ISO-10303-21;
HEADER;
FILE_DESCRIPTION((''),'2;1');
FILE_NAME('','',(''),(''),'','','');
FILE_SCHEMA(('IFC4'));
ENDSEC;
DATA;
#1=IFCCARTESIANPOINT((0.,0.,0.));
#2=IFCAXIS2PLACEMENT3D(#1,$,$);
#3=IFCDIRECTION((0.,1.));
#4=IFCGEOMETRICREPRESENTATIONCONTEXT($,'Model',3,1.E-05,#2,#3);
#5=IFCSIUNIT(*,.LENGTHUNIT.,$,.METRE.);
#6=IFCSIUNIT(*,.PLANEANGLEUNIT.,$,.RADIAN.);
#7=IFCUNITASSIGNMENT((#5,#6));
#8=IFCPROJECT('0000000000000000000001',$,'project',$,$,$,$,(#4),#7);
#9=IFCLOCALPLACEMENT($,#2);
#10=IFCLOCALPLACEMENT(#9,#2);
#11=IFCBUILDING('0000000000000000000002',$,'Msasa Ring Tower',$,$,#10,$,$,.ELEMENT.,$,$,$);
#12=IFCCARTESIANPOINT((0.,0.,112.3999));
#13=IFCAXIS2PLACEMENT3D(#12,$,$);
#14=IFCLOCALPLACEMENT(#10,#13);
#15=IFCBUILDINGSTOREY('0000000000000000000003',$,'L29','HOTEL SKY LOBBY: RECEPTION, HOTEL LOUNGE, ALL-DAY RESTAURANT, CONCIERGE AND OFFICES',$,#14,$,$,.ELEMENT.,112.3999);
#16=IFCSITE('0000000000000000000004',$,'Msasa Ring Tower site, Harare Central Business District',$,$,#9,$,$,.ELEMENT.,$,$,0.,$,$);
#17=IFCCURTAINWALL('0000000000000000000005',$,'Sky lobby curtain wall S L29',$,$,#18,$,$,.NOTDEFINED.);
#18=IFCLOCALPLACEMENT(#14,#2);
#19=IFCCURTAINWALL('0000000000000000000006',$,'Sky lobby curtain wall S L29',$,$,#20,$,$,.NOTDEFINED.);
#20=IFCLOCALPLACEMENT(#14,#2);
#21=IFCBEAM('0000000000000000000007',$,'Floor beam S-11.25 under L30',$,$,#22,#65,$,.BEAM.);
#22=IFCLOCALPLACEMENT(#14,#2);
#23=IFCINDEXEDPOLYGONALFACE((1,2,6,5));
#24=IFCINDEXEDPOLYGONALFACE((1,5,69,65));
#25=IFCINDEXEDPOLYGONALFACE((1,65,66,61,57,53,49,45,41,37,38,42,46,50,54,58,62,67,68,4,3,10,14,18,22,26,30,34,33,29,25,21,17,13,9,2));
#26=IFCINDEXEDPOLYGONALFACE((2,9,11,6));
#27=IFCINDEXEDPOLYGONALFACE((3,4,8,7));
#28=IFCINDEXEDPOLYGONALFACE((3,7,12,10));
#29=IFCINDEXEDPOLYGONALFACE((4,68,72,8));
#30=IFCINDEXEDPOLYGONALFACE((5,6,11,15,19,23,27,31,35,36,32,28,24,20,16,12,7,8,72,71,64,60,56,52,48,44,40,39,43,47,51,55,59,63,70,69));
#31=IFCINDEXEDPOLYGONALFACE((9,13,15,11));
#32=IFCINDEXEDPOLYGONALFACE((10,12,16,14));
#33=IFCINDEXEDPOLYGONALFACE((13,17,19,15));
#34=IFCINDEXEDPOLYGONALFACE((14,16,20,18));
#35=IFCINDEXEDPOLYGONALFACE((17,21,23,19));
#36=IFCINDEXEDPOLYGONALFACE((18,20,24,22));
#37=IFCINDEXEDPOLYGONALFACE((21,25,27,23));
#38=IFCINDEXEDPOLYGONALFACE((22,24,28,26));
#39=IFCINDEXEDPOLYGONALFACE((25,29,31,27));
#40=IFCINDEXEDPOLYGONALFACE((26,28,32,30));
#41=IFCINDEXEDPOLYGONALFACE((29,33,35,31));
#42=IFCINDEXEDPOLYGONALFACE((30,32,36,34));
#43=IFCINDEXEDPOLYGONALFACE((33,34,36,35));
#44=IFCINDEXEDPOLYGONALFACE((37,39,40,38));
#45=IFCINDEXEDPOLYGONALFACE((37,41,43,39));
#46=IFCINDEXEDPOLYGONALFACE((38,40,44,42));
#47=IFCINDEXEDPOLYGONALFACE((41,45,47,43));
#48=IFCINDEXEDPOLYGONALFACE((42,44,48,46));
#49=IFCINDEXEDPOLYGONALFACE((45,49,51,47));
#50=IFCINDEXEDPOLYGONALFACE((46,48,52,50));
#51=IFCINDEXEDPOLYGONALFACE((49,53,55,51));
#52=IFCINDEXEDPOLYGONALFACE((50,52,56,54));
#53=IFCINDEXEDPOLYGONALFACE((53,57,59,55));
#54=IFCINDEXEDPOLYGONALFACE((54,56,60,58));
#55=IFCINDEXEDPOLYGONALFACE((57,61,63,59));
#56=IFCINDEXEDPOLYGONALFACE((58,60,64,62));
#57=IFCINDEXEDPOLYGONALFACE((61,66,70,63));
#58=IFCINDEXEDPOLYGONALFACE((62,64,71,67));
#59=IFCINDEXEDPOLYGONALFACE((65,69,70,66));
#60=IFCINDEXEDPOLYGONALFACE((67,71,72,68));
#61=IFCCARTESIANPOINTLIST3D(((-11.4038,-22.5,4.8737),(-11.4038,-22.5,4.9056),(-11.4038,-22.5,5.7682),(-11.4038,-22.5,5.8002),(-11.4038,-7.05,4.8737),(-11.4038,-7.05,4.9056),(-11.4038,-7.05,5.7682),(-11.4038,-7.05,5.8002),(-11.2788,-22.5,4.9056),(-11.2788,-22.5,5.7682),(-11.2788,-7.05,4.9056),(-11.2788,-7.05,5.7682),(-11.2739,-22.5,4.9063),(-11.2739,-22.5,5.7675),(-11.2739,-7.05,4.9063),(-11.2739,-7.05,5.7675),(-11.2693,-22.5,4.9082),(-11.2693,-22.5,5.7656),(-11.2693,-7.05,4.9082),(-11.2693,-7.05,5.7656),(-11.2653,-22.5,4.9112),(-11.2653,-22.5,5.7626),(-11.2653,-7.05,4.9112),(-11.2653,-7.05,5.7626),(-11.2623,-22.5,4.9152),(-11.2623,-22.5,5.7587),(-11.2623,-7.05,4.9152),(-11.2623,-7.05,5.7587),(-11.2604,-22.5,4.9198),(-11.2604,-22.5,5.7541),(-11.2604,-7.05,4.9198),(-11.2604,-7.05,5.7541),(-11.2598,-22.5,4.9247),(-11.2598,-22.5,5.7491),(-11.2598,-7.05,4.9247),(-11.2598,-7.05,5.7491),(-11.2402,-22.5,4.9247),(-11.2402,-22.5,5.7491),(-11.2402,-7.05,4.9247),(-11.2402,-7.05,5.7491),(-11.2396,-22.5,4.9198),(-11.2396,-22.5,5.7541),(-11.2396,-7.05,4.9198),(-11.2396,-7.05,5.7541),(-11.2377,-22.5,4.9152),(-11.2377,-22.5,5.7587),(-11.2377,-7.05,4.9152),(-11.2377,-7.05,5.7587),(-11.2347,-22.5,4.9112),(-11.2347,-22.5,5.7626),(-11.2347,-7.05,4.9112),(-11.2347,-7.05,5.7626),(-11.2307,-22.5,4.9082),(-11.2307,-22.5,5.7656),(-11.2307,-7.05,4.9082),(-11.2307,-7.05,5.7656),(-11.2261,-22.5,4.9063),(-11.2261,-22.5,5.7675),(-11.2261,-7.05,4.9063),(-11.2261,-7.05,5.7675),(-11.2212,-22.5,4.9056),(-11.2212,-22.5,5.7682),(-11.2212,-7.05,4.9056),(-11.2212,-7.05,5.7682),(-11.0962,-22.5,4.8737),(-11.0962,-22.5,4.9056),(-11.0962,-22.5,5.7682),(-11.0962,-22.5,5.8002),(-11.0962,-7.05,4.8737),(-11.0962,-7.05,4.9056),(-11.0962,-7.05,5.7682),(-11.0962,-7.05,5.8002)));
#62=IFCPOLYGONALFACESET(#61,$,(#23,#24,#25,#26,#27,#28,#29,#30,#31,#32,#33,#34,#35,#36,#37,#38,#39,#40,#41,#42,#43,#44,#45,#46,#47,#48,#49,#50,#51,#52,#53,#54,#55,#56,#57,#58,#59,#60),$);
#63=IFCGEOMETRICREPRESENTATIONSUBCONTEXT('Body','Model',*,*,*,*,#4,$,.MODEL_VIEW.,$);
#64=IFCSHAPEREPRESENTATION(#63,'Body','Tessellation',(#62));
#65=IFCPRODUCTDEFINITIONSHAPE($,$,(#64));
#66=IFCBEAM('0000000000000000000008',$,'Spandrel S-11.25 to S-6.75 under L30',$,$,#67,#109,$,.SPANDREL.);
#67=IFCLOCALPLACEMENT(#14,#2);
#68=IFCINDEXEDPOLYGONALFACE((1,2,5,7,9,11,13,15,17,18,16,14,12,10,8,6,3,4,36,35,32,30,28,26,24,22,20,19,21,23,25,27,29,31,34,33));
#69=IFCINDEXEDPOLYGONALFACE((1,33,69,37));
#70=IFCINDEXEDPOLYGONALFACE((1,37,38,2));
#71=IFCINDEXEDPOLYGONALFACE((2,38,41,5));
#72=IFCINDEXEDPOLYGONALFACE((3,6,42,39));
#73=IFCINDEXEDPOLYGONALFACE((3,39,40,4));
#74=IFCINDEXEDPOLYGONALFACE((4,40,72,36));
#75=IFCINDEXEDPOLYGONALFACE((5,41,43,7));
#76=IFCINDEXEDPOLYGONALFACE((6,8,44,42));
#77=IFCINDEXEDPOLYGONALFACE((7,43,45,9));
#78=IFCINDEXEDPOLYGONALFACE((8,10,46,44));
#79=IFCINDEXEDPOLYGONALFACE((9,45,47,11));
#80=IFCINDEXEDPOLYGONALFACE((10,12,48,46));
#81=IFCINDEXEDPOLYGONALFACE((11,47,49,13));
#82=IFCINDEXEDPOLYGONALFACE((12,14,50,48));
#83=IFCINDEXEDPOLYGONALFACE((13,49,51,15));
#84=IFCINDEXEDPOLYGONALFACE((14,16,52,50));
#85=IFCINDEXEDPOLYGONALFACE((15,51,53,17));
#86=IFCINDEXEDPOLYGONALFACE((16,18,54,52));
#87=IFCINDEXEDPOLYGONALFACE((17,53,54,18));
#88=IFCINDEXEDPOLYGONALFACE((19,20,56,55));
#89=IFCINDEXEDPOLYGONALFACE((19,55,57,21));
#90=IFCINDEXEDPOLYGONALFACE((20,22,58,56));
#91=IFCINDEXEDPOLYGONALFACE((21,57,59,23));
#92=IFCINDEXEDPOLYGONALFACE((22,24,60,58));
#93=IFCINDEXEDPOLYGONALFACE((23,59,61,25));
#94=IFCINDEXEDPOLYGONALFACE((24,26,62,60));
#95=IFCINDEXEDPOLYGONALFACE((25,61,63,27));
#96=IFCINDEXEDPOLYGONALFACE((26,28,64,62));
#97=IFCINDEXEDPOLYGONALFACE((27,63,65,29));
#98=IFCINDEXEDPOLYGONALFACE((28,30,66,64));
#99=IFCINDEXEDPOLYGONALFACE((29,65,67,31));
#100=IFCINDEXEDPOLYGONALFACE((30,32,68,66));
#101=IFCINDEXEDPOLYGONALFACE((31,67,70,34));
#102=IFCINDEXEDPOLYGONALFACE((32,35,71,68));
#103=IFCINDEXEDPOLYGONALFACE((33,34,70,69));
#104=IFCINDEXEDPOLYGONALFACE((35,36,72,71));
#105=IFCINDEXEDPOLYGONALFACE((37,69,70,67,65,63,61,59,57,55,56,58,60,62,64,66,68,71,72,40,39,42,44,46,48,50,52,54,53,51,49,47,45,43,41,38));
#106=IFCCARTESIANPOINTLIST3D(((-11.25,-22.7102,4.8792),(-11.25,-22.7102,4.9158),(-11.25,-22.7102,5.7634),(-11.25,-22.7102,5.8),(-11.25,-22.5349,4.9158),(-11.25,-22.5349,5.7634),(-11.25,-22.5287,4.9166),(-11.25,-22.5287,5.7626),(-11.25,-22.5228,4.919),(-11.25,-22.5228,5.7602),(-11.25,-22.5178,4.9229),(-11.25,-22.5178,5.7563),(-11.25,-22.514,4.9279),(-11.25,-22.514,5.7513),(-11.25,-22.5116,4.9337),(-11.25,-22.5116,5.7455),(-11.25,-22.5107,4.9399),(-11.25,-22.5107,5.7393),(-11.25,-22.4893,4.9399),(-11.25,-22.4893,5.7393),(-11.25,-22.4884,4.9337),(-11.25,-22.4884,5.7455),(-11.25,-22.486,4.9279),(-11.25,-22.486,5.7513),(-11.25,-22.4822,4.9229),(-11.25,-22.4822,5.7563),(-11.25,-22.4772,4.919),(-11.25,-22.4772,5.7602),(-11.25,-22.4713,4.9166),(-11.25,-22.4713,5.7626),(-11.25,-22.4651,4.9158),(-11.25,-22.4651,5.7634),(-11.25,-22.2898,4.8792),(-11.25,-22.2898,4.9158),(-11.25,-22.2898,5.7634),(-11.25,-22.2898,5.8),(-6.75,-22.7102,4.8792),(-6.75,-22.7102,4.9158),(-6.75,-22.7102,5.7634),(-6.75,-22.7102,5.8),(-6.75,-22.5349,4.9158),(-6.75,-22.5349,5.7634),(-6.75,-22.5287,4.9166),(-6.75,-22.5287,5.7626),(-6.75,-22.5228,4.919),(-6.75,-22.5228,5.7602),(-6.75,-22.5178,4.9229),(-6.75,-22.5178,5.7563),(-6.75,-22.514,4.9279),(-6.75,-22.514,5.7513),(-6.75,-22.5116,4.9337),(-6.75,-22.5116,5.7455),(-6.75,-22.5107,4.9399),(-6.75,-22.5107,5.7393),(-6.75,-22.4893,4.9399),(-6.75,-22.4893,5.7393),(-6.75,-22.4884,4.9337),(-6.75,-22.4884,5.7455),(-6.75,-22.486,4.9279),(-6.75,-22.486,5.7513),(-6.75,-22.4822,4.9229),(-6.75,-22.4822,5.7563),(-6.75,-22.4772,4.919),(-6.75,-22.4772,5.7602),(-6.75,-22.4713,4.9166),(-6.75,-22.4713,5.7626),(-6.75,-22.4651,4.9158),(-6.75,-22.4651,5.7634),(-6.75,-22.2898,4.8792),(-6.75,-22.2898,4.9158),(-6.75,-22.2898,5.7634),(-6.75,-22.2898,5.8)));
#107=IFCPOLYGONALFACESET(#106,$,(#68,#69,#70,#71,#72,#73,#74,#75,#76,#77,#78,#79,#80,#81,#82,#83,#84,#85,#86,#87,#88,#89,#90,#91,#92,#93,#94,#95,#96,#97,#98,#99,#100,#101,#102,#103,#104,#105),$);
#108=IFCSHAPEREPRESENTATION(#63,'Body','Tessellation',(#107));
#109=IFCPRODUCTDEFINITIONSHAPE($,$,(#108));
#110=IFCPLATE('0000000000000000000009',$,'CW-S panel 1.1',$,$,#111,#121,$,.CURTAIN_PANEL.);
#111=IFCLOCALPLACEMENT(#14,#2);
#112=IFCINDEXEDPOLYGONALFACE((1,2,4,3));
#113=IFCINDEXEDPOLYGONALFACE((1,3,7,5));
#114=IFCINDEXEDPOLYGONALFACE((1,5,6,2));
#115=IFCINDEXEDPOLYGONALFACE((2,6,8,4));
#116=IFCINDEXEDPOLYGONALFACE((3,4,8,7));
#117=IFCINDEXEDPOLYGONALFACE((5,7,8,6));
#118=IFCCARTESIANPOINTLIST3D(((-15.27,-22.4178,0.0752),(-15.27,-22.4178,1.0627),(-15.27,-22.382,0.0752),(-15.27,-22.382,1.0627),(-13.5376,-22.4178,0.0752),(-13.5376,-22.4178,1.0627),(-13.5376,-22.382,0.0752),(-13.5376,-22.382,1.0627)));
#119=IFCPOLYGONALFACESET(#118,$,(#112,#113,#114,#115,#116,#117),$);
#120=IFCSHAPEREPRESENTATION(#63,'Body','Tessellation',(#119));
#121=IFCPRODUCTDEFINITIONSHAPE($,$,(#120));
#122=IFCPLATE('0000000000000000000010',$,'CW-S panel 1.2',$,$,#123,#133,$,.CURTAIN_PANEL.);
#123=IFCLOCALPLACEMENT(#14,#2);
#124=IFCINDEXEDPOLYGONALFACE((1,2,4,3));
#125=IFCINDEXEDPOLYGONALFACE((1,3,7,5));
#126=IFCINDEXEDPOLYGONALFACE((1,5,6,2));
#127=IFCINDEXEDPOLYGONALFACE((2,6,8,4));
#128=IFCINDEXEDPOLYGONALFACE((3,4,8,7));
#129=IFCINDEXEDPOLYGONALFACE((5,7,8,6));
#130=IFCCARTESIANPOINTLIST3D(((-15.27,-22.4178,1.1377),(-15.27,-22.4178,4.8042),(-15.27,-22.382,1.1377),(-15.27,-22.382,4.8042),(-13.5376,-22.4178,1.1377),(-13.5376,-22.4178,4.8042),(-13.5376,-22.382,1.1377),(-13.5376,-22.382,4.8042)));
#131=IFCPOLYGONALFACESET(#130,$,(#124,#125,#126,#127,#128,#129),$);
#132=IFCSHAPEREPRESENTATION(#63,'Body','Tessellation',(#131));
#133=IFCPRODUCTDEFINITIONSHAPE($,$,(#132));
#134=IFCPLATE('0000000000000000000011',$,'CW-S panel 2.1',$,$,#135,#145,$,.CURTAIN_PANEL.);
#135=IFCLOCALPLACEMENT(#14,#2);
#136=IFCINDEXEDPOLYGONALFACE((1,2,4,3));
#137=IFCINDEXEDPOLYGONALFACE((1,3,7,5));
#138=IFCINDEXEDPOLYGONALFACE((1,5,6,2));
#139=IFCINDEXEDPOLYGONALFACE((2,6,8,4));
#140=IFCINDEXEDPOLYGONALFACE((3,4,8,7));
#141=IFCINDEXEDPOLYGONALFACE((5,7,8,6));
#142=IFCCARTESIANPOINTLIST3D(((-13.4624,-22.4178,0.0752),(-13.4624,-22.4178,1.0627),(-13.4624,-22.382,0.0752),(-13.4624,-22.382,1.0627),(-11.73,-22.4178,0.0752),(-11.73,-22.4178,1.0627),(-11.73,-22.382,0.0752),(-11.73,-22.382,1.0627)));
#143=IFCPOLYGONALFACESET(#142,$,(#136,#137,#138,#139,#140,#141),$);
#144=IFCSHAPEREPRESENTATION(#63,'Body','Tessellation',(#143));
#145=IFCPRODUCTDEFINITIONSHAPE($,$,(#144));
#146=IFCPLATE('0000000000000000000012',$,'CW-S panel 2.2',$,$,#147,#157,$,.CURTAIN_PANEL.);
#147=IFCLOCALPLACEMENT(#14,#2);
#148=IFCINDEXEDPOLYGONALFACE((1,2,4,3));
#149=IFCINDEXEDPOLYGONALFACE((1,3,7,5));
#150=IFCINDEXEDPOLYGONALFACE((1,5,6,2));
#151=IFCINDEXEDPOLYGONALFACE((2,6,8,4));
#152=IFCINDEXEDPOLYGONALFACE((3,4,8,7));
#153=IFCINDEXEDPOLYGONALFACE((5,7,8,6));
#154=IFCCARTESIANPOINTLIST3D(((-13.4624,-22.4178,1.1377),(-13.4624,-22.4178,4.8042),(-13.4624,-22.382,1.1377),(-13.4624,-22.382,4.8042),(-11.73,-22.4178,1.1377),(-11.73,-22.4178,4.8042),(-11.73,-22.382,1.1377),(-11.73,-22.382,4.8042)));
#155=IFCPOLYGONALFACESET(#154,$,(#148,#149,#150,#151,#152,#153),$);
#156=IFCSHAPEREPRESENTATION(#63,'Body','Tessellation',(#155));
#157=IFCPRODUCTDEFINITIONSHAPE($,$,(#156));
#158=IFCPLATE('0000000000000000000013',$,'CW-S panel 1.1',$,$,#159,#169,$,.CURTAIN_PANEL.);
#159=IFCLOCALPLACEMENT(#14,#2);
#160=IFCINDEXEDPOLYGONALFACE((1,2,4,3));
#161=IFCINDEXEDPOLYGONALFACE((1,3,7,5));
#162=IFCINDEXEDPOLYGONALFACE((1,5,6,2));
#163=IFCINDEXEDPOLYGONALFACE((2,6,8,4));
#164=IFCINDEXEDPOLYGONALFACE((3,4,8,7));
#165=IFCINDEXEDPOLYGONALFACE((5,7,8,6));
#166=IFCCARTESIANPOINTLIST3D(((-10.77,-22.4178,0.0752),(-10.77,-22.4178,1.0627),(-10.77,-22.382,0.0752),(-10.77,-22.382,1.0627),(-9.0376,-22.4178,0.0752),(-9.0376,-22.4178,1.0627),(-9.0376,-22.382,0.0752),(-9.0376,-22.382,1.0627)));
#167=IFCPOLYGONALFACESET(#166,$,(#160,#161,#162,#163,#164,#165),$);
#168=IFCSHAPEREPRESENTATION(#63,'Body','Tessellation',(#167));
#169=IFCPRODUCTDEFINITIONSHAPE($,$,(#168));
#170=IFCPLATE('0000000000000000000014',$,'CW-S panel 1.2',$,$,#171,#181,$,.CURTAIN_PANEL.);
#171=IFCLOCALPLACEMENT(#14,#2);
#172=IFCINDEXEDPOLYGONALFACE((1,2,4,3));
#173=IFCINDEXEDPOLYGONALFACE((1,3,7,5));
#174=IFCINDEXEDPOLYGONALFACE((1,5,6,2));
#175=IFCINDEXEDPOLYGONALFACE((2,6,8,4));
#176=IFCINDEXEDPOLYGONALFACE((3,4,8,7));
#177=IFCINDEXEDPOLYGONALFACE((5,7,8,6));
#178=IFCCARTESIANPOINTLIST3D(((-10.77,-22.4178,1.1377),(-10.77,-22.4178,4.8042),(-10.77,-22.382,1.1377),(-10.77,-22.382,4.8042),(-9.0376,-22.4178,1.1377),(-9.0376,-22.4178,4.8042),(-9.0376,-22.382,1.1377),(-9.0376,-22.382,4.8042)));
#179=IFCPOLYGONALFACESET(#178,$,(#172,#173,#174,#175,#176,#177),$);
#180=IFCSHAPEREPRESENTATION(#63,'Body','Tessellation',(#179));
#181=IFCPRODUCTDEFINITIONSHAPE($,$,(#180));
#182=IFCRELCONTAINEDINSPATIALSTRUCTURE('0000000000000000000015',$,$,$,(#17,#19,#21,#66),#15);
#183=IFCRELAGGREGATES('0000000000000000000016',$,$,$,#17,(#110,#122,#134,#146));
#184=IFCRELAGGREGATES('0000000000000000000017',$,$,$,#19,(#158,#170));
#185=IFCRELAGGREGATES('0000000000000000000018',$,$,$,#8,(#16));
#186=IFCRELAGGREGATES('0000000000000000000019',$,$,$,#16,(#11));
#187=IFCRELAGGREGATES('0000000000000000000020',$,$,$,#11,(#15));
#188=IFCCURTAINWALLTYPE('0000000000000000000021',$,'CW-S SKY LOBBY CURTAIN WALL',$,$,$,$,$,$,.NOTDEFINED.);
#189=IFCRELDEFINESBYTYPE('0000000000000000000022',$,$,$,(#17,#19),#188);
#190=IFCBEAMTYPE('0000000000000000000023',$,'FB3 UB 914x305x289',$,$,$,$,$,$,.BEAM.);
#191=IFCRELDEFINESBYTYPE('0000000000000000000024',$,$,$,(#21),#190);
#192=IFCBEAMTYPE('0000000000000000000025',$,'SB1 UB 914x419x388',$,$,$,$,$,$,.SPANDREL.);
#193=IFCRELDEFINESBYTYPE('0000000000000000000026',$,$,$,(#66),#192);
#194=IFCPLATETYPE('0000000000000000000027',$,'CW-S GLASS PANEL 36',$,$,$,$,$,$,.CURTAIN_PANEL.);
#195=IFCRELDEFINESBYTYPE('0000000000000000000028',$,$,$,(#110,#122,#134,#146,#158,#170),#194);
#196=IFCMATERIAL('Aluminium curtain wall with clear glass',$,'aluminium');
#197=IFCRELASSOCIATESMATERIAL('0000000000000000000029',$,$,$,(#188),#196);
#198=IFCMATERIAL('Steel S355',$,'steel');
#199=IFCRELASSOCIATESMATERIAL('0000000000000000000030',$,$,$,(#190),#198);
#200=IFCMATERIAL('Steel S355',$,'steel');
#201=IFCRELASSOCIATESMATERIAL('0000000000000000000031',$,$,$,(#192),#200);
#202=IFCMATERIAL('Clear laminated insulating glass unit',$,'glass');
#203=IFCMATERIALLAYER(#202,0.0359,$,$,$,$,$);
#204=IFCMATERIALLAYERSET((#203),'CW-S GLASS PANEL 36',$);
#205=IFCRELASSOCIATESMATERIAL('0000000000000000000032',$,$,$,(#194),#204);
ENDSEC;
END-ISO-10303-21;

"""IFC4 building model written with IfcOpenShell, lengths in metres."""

from ifc_helpers import new_model, si_unit, direction, frame, origin, origin_2d, place, context, subcontext, project, spatial, rectangle, i_section, extrude, material, layer, layer_set, material_profile, profile_set, type_object, element, aggregate, save


model = new_model("IFC4")

# Units and contexts
model_context = context("Model", 3, precision=1e-05, world=origin(), true_north=direction((0.0, 1.0)))
body_context = subcontext(model_context, "Body", "Model", "MODEL_VIEW")
ifc_project = project(units=[si_unit("LENGTHUNIT", "METRE"), si_unit("PLANEANGLEUNIT", "RADIAN")], contexts=[model_context])

# Site, building, storey
site_placement = place(None, origin())
site = spatial("IfcSite", under=ifc_project, at=site_placement, Name="Msasa Ring Tower site, Harare Central Business District", CompositionType="ELEMENT", RefElevation=0.0)
building_placement = place(site_placement, origin())
building = spatial("IfcBuilding", under=site, at=building_placement, Name="Msasa Ring Tower", CompositionType="ELEMENT")
storey_placement = place(building_placement, frame((0.0, 0.0, 112.3999)))
storey = spatial("IfcBuildingStorey", under=building, at=storey_placement, Name="L29", Description="HOTEL SKY LOBBY: RECEPTION, HOTEL LOUNGE, ALL-DAY RESTAURANT, CONCIERGE AND OFFICES", CompositionType="ELEMENT", Elevation=112.3999)

# Curtain walls
ifc_material_1 = material(Name="Aluminium curtain wall with clear glass", Category="aluminium")
curtain_wall_type = type_object("IfcCurtainWallType", Name="CW-S SKY LOBBY CURTAIN WALL", PredefinedType="NOTDEFINED", material=ifc_material_1)
curtain_wall_1_placement = place(storey_placement, origin())
curtain_wall_1 = element("IfcCurtainWall", 1, at=curtain_wall_1_placement, inside=storey, type_object=curtain_wall_type, Name="Sky lobby curtain wall S L29", PredefinedType="NOTDEFINED")
curtain_wall_2_placement = place(storey_placement, origin())
curtain_wall_2 = element("IfcCurtainWall", 2, at=curtain_wall_2_placement, inside=storey, type_object=curtain_wall_type, Name="Sky lobby curtain wall S L29", PredefinedType="NOTDEFINED")

# Beams
ifc_material_2 = material(Name="Steel S355", Category="steel")
ifc_material_profile_1 = material_profile(ifc_material_2, i_section(OverallWidth=0.3076, OverallDepth=0.9265, WebThickness=0.0195, FlangeThickness=0.032, FilletRadius=0.019, at=origin_2d()), Name="UB 914x305x289")
ifc_profile_set_1 = profile_set([ifc_material_profile_1], Name="Steel S355")
beam_type_1 = type_object("IfcBeamType", Name="FB3 UB 914x305x289", PredefinedType="BEAM", material=ifc_profile_set_1)
beam_1_placement = place(storey_placement, frame((-11.25, -22.5, 5.3369), z_axis=(0.0, 1.0, 0.0), x_axis=(-1.0, 0.0, 0.0)))
element("IfcBeam", 3, at=beam_1_placement, inside=storey, type_object=beam_type_1, Name="Floor beam S-11.25 under L30", PredefinedType="BEAM", context=body_context, shape_type="SweptSolid", body=[
    extrude(i_section(OverallWidth=0.3076, OverallDepth=0.9265, WebThickness=0.0195, FlangeThickness=0.032, FilletRadius=0.019, at=origin_2d()), origin(), (0.0, 0.0, 1.0), 15.45),
])
ifc_material_3 = material(Name="Steel S355", Category="steel")
ifc_material_profile_2 = material_profile(ifc_material_3, i_section(OverallWidth=0.4204, OverallDepth=0.9209, WebThickness=0.0215, FlangeThickness=0.0366, FilletRadius=0.0242, at=origin_2d()), Name="UB 914x419x388")
ifc_profile_set_2 = profile_set([ifc_material_profile_2], Name="Steel S355")
beam_type_2 = type_object("IfcBeamType", Name="SB1 UB 914x419x388", PredefinedType="SPANDREL", material=ifc_profile_set_2)
beam_2_placement = place(storey_placement, frame((-11.25, -22.5, 5.3396), z_axis=(1.0, 0.0, 0.0), x_axis=(0.0, 1.0, 0.0)))
element("IfcBeam", 4, at=beam_2_placement, inside=storey, type_object=beam_type_2, Name="Spandrel S-11.25 to S-6.75 under L30", PredefinedType="SPANDREL", context=body_context, shape_type="SweptSolid", body=[
    extrude(i_section(OverallWidth=0.4204, OverallDepth=0.9209, WebThickness=0.0215, FlangeThickness=0.0366, FilletRadius=0.0242, at=origin_2d()), origin(), (0.0, 0.0, 1.0), 4.5),
])

# Plates
ifc_material_4 = material(Name="Clear laminated insulating glass unit", Category="glass")
ifc_layer = layer(ifc_material_4, 0.0359)
ifc_layer_set = layer_set([ifc_layer], Name="CW-S GLASS PANEL 36")
plate_type = type_object("IfcPlateType", Name="CW-S GLASS PANEL 36", PredefinedType="CURTAIN_PANEL", material=ifc_layer_set)
plate_1_placement = place(storey_placement, frame((-14.4038, -22.3999, 0.0752), z_axis=(0.0, 0.0, 1.0), x_axis=(1.0, 0.0, 0.0)))
plate_1 = element("IfcPlate", 5, at=plate_1_placement, type_object=plate_type, Name="CW-S panel 1.1", PredefinedType="CURTAIN_PANEL", context=body_context, shape_type="SweptSolid", body=[
    extrude(rectangle(XDim=1.7324, YDim=0.0359, at=origin_2d()), origin(), (0.0, 0.0, 1.0), 0.9875),
])
plate_2_placement = place(storey_placement, frame((-14.4038, -22.3999, 1.1377), z_axis=(0.0, 0.0, 1.0), x_axis=(1.0, 0.0, 0.0)))
plate_2 = element("IfcPlate", 6, at=plate_2_placement, type_object=plate_type, Name="CW-S panel 1.2", PredefinedType="CURTAIN_PANEL", context=body_context, shape_type="SweptSolid", body=[
    extrude(rectangle(XDim=1.7324, YDim=0.0359, at=origin_2d()), origin(), (0.0, 0.0, 1.0), 3.6665),
])
plate_3_placement = place(storey_placement, frame((-12.5962, -22.3999, 0.0752), z_axis=(0.0, 0.0, 1.0), x_axis=(1.0, 0.0, 0.0)))
plate_3 = element("IfcPlate", 7, at=plate_3_placement, type_object=plate_type, Name="CW-S panel 2.1", PredefinedType="CURTAIN_PANEL", context=body_context, shape_type="SweptSolid", body=[
    extrude(rectangle(XDim=1.7324, YDim=0.0359, at=origin_2d()), origin(), (0.0, 0.0, 1.0), 0.9875),
])
plate_4_placement = place(storey_placement, frame((-12.5962, -22.3999, 1.1377), z_axis=(0.0, 0.0, 1.0), x_axis=(1.0, 0.0, 0.0)))
plate_4 = element("IfcPlate", 8, at=plate_4_placement, type_object=plate_type, Name="CW-S panel 2.2", PredefinedType="CURTAIN_PANEL", context=body_context, shape_type="SweptSolid", body=[
    extrude(rectangle(XDim=1.7324, YDim=0.0359, at=origin_2d()), origin(), (0.0, 0.0, 1.0), 3.6665),
])
aggregate(curtain_wall_1, [plate_1, plate_2, plate_3, plate_4])
plate_5_placement = place(storey_placement, frame((-9.9038, -22.3999, 0.0752), z_axis=(0.0, 0.0, 1.0), x_axis=(1.0, 0.0, 0.0)))
plate_5 = element("IfcPlate", 9, at=plate_5_placement, type_object=plate_type, Name="CW-S panel 1.1", PredefinedType="CURTAIN_PANEL", context=body_context, shape_type="SweptSolid", body=[
    extrude(rectangle(XDim=1.7324, YDim=0.0359, at=origin_2d()), origin(), (0.0, 0.0, 1.0), 0.9875),
])
plate_6_placement = place(storey_placement, frame((-9.9038, -22.3999, 1.1377), z_axis=(0.0, 0.0, 1.0), x_axis=(1.0, 0.0, 0.0)))
plate_6 = element("IfcPlate", 10, at=plate_6_placement, type_object=plate_type, Name="CW-S panel 1.2", PredefinedType="CURTAIN_PANEL", context=body_context, shape_type="SweptSolid", body=[
    extrude(rectangle(XDim=1.7324, YDim=0.0359, at=origin_2d()), origin(), (0.0, 0.0, 1.0), 3.6665),
])
aggregate(curtain_wall_2, [plate_5, plate_6])

save(model, "model.ifc")
